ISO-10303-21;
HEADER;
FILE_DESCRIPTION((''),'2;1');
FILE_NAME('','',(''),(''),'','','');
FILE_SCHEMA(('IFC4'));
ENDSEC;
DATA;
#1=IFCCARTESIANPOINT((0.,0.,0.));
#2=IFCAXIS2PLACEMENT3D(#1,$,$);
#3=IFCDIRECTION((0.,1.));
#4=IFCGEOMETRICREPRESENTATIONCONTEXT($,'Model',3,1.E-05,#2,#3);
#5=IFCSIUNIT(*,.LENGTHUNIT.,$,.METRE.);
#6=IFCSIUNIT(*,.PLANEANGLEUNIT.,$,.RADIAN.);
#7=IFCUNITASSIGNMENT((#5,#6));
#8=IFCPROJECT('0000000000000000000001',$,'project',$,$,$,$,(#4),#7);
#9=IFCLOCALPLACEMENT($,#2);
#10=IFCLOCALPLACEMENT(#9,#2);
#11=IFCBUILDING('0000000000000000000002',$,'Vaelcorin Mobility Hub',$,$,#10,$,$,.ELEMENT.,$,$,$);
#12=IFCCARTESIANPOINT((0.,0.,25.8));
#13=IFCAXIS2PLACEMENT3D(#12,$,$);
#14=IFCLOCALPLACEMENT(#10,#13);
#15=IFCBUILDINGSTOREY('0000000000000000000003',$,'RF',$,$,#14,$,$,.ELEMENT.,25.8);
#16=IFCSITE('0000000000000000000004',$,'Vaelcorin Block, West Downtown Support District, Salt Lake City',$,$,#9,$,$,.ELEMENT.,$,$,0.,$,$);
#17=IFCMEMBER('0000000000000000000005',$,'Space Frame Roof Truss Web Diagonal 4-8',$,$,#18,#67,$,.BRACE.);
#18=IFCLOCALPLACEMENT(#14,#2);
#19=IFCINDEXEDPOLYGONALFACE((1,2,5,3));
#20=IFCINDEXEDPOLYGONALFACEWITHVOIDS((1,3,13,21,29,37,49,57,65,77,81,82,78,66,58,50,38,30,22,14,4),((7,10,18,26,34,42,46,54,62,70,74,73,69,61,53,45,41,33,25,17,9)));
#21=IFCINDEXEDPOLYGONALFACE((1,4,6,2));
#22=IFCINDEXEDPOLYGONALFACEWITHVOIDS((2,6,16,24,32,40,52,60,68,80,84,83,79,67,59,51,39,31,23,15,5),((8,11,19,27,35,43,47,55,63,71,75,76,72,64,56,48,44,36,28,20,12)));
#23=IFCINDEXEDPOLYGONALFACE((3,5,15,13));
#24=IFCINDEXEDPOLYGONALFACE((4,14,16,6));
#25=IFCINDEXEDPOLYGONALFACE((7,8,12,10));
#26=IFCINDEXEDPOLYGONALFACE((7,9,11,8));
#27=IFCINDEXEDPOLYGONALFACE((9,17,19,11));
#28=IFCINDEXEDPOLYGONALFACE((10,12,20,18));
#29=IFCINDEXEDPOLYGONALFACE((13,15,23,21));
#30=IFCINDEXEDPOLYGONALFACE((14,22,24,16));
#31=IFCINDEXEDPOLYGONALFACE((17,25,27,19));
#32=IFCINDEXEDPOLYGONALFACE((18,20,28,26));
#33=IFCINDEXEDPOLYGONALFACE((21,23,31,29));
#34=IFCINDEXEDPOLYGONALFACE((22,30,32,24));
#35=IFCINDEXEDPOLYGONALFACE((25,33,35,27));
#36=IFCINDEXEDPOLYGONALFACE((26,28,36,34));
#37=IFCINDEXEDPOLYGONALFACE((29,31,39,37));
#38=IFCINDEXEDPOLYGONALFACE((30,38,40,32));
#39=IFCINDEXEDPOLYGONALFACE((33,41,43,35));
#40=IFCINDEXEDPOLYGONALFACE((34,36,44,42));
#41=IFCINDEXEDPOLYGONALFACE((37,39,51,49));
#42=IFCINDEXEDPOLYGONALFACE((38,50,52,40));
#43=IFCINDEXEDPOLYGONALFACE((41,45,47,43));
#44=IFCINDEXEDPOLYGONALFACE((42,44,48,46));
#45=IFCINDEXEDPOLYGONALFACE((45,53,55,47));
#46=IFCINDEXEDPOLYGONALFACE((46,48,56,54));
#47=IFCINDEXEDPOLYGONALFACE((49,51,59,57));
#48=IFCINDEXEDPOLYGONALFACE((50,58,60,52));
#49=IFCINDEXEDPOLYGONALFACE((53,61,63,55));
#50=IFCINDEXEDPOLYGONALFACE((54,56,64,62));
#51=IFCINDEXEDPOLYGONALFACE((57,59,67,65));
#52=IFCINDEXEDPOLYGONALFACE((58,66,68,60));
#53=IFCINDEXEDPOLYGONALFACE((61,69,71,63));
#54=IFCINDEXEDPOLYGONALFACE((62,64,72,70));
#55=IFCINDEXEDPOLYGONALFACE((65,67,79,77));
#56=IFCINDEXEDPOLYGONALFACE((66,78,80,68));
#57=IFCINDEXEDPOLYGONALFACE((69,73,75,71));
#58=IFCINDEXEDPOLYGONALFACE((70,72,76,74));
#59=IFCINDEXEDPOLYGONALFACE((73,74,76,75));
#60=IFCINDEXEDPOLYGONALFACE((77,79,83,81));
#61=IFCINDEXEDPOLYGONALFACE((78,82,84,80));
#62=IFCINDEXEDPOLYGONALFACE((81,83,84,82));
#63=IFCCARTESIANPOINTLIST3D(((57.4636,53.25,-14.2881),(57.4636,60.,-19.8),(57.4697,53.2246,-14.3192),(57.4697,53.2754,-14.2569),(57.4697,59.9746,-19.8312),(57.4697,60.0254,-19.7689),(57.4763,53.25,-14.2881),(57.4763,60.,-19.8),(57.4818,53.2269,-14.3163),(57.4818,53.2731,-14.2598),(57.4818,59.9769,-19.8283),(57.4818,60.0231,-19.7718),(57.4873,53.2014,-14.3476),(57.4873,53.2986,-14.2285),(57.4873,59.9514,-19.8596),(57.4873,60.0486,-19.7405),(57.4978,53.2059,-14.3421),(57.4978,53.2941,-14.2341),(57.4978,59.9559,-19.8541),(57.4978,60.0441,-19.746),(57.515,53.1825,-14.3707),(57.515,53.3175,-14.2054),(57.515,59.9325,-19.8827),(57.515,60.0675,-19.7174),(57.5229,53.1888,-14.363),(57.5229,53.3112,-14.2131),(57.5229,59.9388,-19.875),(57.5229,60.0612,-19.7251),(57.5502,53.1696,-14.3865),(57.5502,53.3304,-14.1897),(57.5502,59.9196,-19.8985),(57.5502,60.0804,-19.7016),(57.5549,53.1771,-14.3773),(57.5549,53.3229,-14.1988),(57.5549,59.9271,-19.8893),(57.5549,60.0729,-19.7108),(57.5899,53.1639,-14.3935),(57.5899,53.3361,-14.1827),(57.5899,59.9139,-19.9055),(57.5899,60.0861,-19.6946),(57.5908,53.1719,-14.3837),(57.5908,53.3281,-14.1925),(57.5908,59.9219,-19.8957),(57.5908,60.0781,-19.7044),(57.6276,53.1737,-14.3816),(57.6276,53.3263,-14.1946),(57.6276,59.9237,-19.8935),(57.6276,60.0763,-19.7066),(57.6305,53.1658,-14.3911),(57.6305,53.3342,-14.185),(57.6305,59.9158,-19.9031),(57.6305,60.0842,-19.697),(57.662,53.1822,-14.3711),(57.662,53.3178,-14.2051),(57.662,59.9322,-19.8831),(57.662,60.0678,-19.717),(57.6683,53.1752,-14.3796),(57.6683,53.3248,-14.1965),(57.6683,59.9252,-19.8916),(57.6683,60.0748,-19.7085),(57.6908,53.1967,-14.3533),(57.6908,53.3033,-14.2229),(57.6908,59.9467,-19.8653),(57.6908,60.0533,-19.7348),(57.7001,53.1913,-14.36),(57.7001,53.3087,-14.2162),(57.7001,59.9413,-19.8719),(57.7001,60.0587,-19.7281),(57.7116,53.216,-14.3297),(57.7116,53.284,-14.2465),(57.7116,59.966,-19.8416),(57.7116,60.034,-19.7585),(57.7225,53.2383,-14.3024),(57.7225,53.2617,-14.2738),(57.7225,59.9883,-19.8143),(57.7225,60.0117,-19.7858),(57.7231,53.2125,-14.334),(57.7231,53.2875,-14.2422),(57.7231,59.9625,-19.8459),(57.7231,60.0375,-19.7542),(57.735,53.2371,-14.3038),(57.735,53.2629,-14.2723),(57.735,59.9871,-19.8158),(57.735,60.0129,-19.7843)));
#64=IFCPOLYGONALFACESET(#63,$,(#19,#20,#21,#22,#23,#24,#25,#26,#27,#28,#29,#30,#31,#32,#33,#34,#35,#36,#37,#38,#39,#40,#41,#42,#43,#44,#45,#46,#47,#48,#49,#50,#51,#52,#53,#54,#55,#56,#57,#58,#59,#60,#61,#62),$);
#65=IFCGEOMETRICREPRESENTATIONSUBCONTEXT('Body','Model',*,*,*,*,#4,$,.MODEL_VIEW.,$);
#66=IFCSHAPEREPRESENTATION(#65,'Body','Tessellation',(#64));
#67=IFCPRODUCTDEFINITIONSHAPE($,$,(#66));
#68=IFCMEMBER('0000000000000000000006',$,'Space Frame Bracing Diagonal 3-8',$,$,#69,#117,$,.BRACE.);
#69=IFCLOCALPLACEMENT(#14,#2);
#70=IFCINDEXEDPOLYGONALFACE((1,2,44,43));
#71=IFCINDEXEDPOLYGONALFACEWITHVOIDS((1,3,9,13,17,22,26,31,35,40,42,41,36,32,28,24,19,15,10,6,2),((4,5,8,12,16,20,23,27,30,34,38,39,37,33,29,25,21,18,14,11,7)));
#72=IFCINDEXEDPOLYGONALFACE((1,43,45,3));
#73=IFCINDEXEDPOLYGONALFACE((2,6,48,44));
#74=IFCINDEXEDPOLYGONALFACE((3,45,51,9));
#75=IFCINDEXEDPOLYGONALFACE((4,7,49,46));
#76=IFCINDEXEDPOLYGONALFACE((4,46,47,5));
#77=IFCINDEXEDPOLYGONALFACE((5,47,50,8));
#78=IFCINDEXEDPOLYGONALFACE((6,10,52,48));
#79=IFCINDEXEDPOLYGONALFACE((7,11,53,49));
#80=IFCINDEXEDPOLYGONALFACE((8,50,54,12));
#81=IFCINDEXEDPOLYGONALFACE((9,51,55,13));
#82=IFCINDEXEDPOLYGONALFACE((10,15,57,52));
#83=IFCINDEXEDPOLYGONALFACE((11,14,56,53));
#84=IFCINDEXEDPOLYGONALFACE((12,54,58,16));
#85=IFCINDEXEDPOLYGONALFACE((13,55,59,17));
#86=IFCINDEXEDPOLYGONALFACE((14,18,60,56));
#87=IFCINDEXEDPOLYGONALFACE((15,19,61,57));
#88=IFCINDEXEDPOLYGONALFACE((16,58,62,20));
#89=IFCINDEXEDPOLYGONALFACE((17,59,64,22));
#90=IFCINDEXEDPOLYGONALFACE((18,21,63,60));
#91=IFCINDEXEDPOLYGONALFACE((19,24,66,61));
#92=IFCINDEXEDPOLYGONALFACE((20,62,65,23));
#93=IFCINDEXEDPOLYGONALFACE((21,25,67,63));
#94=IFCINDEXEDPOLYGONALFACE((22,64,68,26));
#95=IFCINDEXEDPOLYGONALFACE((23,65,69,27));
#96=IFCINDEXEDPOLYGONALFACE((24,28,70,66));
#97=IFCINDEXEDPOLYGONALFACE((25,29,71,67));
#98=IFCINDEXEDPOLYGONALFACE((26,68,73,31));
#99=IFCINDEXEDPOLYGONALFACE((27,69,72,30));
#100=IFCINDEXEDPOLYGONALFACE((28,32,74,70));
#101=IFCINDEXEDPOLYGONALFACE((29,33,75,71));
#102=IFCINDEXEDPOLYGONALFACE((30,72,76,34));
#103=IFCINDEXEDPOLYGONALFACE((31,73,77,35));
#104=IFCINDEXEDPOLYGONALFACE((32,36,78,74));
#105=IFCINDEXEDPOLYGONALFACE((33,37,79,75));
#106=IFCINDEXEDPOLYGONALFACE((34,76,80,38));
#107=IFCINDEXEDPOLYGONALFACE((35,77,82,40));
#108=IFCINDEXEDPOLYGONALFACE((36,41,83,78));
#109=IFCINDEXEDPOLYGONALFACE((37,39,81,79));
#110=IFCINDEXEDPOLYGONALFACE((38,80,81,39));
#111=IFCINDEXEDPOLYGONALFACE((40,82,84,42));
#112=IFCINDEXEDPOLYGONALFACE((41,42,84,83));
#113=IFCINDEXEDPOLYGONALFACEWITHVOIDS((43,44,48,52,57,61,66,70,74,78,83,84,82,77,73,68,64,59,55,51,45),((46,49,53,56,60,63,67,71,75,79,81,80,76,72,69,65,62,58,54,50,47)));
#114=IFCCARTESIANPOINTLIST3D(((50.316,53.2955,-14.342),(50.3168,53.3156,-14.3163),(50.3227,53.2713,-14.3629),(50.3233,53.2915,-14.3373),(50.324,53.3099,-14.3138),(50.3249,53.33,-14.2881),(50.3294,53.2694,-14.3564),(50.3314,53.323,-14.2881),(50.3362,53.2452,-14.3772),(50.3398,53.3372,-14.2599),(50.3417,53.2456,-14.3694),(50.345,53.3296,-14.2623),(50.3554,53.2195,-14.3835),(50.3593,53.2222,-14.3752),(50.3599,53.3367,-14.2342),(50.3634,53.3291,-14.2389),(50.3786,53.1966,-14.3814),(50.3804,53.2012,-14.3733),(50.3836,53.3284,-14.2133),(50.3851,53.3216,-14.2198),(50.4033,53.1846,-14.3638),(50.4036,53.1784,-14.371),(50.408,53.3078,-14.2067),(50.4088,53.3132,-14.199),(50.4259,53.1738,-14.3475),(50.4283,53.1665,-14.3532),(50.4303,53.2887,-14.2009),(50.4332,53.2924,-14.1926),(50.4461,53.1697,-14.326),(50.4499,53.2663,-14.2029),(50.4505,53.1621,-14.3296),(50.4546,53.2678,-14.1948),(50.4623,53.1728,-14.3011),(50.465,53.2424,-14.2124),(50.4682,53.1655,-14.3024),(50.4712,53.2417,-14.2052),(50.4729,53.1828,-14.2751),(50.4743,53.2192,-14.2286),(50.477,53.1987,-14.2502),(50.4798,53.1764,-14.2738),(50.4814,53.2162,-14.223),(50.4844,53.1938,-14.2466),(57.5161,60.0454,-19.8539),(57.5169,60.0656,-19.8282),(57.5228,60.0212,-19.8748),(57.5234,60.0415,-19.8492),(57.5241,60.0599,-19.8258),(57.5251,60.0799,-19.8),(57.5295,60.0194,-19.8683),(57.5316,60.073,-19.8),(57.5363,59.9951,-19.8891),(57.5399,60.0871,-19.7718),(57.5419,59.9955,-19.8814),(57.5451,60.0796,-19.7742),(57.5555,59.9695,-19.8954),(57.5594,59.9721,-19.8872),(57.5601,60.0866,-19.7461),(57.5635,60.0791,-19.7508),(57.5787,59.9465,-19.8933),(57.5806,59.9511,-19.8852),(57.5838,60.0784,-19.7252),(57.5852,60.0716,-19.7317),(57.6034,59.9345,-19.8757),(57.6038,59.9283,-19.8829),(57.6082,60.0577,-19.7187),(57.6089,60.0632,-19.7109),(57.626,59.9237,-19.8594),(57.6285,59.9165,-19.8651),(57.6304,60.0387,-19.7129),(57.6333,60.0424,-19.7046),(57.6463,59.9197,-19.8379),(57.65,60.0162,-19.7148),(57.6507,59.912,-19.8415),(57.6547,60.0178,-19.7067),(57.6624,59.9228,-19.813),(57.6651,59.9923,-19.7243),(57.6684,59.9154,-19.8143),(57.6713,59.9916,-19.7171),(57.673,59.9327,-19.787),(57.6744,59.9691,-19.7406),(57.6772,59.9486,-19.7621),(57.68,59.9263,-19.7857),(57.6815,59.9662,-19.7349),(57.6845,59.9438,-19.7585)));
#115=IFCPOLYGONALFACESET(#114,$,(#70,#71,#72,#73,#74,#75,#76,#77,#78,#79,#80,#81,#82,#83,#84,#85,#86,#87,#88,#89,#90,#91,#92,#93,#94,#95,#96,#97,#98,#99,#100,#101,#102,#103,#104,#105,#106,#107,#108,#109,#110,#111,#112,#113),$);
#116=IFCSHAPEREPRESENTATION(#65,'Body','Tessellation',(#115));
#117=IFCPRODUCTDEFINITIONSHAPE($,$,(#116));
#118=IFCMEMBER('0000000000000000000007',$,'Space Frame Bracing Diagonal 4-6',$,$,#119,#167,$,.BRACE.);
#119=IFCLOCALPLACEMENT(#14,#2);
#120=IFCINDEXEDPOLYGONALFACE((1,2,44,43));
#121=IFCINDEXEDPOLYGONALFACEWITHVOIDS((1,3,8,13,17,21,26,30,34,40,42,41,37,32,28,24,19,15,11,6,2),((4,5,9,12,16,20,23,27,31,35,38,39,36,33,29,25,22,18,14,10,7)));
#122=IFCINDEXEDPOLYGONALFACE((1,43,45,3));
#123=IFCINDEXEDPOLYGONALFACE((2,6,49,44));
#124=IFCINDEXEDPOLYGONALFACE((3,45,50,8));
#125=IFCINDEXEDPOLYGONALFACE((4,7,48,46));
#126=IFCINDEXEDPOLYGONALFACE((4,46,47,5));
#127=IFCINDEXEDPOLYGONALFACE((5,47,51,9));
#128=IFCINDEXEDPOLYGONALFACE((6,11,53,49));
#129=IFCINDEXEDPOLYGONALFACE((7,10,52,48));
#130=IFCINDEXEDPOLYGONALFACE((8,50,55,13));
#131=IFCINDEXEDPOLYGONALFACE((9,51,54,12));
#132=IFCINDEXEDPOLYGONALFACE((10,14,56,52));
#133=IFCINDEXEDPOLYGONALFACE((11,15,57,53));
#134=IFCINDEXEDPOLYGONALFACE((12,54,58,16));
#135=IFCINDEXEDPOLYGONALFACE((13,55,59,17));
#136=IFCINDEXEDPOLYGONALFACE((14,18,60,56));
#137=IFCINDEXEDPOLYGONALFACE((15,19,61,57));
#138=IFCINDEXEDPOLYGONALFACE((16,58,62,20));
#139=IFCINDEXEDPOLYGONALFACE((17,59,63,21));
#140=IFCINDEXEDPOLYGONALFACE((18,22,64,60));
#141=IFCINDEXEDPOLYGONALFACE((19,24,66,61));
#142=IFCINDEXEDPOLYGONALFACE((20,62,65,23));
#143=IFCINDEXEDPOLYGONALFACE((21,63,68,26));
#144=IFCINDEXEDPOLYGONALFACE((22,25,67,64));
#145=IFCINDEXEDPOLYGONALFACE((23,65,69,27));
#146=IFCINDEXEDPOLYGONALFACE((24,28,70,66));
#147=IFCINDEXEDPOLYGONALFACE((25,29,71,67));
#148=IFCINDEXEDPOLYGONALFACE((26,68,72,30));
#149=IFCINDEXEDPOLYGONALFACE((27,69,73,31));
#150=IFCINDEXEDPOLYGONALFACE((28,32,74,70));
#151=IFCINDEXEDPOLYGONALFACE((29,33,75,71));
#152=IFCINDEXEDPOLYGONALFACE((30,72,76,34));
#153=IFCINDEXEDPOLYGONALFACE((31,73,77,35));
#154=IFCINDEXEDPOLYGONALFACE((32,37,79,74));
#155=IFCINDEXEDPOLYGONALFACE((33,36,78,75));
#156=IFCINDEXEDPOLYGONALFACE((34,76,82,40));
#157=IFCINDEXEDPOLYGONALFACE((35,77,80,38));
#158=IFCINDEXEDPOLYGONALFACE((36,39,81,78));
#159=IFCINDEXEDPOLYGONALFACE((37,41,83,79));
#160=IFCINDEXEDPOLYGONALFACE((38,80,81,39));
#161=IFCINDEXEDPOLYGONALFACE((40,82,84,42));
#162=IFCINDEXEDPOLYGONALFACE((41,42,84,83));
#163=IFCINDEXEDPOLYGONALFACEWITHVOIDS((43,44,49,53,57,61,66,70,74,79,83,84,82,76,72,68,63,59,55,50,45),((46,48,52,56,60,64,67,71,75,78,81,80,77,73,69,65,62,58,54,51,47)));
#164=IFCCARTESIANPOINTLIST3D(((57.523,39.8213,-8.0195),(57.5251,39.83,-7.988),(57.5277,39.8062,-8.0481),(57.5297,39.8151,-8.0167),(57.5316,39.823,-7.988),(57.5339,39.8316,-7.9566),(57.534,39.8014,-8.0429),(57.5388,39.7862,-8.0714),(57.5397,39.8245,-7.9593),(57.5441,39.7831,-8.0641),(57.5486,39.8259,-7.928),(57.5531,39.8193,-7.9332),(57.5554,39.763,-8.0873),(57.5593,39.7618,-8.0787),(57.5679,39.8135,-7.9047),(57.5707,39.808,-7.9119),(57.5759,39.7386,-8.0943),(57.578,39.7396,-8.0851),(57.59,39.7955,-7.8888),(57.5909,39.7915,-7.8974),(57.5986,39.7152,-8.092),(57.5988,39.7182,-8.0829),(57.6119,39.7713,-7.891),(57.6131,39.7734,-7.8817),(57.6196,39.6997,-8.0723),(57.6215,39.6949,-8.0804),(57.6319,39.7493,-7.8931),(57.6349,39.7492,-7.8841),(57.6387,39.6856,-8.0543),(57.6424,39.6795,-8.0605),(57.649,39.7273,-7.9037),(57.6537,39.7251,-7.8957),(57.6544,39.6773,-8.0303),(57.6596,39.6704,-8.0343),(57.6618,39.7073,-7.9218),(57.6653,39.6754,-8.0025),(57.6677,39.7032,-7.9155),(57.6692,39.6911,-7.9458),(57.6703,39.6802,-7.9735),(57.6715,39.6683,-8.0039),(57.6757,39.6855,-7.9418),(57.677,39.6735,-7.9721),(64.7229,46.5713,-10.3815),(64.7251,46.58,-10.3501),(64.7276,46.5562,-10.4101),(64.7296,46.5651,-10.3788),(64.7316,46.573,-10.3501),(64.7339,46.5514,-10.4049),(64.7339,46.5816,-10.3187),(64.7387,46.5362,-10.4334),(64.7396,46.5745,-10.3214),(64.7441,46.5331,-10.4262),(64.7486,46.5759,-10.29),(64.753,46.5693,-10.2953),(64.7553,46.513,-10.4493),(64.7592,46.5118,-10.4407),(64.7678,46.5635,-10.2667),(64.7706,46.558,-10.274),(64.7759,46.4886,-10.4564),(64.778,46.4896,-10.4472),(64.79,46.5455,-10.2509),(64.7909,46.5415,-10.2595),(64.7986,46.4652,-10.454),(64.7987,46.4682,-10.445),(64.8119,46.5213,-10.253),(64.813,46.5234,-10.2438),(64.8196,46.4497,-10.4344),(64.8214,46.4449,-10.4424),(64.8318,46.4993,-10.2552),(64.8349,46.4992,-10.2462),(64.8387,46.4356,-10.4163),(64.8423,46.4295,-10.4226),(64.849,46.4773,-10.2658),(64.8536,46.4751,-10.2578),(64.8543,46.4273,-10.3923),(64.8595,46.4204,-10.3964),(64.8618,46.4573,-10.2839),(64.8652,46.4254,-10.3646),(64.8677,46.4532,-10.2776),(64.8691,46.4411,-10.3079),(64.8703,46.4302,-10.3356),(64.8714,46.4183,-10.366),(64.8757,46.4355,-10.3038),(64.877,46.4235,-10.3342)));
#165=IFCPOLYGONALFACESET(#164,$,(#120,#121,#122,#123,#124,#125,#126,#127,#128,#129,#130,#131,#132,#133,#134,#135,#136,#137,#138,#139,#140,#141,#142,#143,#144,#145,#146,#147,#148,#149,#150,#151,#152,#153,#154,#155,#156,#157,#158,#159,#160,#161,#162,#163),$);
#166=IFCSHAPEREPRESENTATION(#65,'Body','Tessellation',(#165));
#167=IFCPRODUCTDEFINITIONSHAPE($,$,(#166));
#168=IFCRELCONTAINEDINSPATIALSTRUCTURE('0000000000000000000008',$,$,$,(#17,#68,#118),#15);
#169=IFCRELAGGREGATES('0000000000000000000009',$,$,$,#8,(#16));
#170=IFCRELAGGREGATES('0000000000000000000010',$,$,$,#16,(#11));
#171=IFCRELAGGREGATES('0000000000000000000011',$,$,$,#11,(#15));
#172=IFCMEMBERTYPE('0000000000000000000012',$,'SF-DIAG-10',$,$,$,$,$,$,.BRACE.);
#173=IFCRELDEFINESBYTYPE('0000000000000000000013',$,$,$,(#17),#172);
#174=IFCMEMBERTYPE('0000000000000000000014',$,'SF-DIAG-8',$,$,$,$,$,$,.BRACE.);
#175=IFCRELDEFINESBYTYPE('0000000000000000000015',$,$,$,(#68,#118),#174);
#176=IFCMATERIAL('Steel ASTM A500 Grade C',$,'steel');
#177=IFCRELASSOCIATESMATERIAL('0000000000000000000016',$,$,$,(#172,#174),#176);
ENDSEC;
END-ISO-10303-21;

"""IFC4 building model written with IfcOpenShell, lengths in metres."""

from ifc_helpers import new_model, si_unit, direction, frame, origin, origin_2d, place, context, subcontext, project, spatial, hollow_circle, extrude, material, material_profile, profile_set, type_object, element, save


model = new_model("IFC4")

# Units and contexts
model_context = context("Model", 3, precision=1e-05, world=origin(), true_north=direction((0.0, 1.0)))
body_context = subcontext(model_context, "Body", "Model", "MODEL_VIEW")
ifc_project = project(units=[si_unit("LENGTHUNIT", "METRE"), si_unit("PLANEANGLEUNIT", "RADIAN")], contexts=[model_context])

# Site, building, storey
site_placement = place(None, origin())
site = spatial("IfcSite", under=ifc_project, at=site_placement, Name="Vaelcorin Block, West Downtown Support District, Salt Lake City", CompositionType="ELEMENT", RefElevation=0.0)
building_placement = place(site_placement, origin())
building = spatial("IfcBuilding", under=site, at=building_placement, Name="Vaelcorin Mobility Hub", CompositionType="ELEMENT")
storey_placement = place(building_placement, frame((0.0, 0.0, 25.8)))
storey = spatial("IfcBuildingStorey", under=building, at=storey_placement, Name="RF", CompositionType="ELEMENT", Elevation=25.8)

# Members
ifc_material_1 = material(Name="Steel ASTM A500 Grade C", Category="steel")
ifc_material_profile_1 = material_profile(ifc_material_1, hollow_circle(Radius=0.1365, WallThickness=0.0127, at=origin_2d()), Name="HSS10.750X0.500")
ifc_profile_set_1 = profile_set([ifc_material_profile_1], Name="Steel ASTM A500 Grade C")
member_type_1 = type_object("IfcMemberType", Name="SF-DIAG-10", PredefinedType="BRACE", material=ifc_profile_set_1)
member_1_placement = place(storey_placement, frame((57.6001, 53.25, -14.2881), z_axis=(0.0, 0.774562, -0.632498), x_axis=(-1.0, 0.0, 0.0)))
element("IfcMember", 1, at=member_1_placement, inside=storey, type_object=member_type_1, Name="Space Frame Roof Truss Web Diagonal 4-8", PredefinedType="BRACE", context=body_context, shape_type="SweptSolid", body=[
    extrude(hollow_circle(Radius=0.1365, WallThickness=0.0127, at=origin_2d()), origin(), (0.0, 0.0, 1.0), 8.7146),
])
ifc_material_profile_2 = material_profile(ifc_material_1, hollow_circle(Radius=0.1096, WallThickness=0.0095, at=origin_2d()), Name="HSS8.625X0.375")
ifc_profile_set_2 = profile_set([ifc_material_profile_2], Name="Steel ASTM A500 Grade C")
member_type_2 = type_object("IfcMemberType", Name="SF-DIAG-8", PredefinedType="BRACE", material=ifc_profile_set_2)
member_2_placement = place(storey_placement, frame((50.3999, 53.25, -14.2881), z_axis=(0.636943, 0.597118, -0.487599), x_axis=(-0.683931, 0.729546, 0.0)))
element("IfcMember", 2, at=member_2_placement, inside=storey, type_object=member_type_2, Name="Space Frame Bracing Diagonal 3-8", PredefinedType="BRACE", context=body_context, shape_type="SweptSolid", body=[
    extrude(hollow_circle(Radius=0.1096, WallThickness=0.0095, at=origin_2d()), origin(), (0.0, 0.0, 1.0), 11.3042),
])
member_3_placement = place(storey_placement, frame((57.6001, 39.75, -7.988), z_axis=(0.709497, 0.665158, -0.232762), x_axis=(-0.683944, 0.729535, 0.0)))
element("IfcMember", 3, at=member_3_placement, inside=storey, type_object=member_type_2, Name="Space Frame Bracing Diagonal 4-6", PredefinedType="BRACE", context=body_context, shape_type="SweptSolid", body=[
    extrude(hollow_circle(Radius=0.1096, WallThickness=0.0095, at=origin_2d()), origin(), (0.0, 0.0, 1.0), 10.1479),
])

save(model, "model.ifc")
